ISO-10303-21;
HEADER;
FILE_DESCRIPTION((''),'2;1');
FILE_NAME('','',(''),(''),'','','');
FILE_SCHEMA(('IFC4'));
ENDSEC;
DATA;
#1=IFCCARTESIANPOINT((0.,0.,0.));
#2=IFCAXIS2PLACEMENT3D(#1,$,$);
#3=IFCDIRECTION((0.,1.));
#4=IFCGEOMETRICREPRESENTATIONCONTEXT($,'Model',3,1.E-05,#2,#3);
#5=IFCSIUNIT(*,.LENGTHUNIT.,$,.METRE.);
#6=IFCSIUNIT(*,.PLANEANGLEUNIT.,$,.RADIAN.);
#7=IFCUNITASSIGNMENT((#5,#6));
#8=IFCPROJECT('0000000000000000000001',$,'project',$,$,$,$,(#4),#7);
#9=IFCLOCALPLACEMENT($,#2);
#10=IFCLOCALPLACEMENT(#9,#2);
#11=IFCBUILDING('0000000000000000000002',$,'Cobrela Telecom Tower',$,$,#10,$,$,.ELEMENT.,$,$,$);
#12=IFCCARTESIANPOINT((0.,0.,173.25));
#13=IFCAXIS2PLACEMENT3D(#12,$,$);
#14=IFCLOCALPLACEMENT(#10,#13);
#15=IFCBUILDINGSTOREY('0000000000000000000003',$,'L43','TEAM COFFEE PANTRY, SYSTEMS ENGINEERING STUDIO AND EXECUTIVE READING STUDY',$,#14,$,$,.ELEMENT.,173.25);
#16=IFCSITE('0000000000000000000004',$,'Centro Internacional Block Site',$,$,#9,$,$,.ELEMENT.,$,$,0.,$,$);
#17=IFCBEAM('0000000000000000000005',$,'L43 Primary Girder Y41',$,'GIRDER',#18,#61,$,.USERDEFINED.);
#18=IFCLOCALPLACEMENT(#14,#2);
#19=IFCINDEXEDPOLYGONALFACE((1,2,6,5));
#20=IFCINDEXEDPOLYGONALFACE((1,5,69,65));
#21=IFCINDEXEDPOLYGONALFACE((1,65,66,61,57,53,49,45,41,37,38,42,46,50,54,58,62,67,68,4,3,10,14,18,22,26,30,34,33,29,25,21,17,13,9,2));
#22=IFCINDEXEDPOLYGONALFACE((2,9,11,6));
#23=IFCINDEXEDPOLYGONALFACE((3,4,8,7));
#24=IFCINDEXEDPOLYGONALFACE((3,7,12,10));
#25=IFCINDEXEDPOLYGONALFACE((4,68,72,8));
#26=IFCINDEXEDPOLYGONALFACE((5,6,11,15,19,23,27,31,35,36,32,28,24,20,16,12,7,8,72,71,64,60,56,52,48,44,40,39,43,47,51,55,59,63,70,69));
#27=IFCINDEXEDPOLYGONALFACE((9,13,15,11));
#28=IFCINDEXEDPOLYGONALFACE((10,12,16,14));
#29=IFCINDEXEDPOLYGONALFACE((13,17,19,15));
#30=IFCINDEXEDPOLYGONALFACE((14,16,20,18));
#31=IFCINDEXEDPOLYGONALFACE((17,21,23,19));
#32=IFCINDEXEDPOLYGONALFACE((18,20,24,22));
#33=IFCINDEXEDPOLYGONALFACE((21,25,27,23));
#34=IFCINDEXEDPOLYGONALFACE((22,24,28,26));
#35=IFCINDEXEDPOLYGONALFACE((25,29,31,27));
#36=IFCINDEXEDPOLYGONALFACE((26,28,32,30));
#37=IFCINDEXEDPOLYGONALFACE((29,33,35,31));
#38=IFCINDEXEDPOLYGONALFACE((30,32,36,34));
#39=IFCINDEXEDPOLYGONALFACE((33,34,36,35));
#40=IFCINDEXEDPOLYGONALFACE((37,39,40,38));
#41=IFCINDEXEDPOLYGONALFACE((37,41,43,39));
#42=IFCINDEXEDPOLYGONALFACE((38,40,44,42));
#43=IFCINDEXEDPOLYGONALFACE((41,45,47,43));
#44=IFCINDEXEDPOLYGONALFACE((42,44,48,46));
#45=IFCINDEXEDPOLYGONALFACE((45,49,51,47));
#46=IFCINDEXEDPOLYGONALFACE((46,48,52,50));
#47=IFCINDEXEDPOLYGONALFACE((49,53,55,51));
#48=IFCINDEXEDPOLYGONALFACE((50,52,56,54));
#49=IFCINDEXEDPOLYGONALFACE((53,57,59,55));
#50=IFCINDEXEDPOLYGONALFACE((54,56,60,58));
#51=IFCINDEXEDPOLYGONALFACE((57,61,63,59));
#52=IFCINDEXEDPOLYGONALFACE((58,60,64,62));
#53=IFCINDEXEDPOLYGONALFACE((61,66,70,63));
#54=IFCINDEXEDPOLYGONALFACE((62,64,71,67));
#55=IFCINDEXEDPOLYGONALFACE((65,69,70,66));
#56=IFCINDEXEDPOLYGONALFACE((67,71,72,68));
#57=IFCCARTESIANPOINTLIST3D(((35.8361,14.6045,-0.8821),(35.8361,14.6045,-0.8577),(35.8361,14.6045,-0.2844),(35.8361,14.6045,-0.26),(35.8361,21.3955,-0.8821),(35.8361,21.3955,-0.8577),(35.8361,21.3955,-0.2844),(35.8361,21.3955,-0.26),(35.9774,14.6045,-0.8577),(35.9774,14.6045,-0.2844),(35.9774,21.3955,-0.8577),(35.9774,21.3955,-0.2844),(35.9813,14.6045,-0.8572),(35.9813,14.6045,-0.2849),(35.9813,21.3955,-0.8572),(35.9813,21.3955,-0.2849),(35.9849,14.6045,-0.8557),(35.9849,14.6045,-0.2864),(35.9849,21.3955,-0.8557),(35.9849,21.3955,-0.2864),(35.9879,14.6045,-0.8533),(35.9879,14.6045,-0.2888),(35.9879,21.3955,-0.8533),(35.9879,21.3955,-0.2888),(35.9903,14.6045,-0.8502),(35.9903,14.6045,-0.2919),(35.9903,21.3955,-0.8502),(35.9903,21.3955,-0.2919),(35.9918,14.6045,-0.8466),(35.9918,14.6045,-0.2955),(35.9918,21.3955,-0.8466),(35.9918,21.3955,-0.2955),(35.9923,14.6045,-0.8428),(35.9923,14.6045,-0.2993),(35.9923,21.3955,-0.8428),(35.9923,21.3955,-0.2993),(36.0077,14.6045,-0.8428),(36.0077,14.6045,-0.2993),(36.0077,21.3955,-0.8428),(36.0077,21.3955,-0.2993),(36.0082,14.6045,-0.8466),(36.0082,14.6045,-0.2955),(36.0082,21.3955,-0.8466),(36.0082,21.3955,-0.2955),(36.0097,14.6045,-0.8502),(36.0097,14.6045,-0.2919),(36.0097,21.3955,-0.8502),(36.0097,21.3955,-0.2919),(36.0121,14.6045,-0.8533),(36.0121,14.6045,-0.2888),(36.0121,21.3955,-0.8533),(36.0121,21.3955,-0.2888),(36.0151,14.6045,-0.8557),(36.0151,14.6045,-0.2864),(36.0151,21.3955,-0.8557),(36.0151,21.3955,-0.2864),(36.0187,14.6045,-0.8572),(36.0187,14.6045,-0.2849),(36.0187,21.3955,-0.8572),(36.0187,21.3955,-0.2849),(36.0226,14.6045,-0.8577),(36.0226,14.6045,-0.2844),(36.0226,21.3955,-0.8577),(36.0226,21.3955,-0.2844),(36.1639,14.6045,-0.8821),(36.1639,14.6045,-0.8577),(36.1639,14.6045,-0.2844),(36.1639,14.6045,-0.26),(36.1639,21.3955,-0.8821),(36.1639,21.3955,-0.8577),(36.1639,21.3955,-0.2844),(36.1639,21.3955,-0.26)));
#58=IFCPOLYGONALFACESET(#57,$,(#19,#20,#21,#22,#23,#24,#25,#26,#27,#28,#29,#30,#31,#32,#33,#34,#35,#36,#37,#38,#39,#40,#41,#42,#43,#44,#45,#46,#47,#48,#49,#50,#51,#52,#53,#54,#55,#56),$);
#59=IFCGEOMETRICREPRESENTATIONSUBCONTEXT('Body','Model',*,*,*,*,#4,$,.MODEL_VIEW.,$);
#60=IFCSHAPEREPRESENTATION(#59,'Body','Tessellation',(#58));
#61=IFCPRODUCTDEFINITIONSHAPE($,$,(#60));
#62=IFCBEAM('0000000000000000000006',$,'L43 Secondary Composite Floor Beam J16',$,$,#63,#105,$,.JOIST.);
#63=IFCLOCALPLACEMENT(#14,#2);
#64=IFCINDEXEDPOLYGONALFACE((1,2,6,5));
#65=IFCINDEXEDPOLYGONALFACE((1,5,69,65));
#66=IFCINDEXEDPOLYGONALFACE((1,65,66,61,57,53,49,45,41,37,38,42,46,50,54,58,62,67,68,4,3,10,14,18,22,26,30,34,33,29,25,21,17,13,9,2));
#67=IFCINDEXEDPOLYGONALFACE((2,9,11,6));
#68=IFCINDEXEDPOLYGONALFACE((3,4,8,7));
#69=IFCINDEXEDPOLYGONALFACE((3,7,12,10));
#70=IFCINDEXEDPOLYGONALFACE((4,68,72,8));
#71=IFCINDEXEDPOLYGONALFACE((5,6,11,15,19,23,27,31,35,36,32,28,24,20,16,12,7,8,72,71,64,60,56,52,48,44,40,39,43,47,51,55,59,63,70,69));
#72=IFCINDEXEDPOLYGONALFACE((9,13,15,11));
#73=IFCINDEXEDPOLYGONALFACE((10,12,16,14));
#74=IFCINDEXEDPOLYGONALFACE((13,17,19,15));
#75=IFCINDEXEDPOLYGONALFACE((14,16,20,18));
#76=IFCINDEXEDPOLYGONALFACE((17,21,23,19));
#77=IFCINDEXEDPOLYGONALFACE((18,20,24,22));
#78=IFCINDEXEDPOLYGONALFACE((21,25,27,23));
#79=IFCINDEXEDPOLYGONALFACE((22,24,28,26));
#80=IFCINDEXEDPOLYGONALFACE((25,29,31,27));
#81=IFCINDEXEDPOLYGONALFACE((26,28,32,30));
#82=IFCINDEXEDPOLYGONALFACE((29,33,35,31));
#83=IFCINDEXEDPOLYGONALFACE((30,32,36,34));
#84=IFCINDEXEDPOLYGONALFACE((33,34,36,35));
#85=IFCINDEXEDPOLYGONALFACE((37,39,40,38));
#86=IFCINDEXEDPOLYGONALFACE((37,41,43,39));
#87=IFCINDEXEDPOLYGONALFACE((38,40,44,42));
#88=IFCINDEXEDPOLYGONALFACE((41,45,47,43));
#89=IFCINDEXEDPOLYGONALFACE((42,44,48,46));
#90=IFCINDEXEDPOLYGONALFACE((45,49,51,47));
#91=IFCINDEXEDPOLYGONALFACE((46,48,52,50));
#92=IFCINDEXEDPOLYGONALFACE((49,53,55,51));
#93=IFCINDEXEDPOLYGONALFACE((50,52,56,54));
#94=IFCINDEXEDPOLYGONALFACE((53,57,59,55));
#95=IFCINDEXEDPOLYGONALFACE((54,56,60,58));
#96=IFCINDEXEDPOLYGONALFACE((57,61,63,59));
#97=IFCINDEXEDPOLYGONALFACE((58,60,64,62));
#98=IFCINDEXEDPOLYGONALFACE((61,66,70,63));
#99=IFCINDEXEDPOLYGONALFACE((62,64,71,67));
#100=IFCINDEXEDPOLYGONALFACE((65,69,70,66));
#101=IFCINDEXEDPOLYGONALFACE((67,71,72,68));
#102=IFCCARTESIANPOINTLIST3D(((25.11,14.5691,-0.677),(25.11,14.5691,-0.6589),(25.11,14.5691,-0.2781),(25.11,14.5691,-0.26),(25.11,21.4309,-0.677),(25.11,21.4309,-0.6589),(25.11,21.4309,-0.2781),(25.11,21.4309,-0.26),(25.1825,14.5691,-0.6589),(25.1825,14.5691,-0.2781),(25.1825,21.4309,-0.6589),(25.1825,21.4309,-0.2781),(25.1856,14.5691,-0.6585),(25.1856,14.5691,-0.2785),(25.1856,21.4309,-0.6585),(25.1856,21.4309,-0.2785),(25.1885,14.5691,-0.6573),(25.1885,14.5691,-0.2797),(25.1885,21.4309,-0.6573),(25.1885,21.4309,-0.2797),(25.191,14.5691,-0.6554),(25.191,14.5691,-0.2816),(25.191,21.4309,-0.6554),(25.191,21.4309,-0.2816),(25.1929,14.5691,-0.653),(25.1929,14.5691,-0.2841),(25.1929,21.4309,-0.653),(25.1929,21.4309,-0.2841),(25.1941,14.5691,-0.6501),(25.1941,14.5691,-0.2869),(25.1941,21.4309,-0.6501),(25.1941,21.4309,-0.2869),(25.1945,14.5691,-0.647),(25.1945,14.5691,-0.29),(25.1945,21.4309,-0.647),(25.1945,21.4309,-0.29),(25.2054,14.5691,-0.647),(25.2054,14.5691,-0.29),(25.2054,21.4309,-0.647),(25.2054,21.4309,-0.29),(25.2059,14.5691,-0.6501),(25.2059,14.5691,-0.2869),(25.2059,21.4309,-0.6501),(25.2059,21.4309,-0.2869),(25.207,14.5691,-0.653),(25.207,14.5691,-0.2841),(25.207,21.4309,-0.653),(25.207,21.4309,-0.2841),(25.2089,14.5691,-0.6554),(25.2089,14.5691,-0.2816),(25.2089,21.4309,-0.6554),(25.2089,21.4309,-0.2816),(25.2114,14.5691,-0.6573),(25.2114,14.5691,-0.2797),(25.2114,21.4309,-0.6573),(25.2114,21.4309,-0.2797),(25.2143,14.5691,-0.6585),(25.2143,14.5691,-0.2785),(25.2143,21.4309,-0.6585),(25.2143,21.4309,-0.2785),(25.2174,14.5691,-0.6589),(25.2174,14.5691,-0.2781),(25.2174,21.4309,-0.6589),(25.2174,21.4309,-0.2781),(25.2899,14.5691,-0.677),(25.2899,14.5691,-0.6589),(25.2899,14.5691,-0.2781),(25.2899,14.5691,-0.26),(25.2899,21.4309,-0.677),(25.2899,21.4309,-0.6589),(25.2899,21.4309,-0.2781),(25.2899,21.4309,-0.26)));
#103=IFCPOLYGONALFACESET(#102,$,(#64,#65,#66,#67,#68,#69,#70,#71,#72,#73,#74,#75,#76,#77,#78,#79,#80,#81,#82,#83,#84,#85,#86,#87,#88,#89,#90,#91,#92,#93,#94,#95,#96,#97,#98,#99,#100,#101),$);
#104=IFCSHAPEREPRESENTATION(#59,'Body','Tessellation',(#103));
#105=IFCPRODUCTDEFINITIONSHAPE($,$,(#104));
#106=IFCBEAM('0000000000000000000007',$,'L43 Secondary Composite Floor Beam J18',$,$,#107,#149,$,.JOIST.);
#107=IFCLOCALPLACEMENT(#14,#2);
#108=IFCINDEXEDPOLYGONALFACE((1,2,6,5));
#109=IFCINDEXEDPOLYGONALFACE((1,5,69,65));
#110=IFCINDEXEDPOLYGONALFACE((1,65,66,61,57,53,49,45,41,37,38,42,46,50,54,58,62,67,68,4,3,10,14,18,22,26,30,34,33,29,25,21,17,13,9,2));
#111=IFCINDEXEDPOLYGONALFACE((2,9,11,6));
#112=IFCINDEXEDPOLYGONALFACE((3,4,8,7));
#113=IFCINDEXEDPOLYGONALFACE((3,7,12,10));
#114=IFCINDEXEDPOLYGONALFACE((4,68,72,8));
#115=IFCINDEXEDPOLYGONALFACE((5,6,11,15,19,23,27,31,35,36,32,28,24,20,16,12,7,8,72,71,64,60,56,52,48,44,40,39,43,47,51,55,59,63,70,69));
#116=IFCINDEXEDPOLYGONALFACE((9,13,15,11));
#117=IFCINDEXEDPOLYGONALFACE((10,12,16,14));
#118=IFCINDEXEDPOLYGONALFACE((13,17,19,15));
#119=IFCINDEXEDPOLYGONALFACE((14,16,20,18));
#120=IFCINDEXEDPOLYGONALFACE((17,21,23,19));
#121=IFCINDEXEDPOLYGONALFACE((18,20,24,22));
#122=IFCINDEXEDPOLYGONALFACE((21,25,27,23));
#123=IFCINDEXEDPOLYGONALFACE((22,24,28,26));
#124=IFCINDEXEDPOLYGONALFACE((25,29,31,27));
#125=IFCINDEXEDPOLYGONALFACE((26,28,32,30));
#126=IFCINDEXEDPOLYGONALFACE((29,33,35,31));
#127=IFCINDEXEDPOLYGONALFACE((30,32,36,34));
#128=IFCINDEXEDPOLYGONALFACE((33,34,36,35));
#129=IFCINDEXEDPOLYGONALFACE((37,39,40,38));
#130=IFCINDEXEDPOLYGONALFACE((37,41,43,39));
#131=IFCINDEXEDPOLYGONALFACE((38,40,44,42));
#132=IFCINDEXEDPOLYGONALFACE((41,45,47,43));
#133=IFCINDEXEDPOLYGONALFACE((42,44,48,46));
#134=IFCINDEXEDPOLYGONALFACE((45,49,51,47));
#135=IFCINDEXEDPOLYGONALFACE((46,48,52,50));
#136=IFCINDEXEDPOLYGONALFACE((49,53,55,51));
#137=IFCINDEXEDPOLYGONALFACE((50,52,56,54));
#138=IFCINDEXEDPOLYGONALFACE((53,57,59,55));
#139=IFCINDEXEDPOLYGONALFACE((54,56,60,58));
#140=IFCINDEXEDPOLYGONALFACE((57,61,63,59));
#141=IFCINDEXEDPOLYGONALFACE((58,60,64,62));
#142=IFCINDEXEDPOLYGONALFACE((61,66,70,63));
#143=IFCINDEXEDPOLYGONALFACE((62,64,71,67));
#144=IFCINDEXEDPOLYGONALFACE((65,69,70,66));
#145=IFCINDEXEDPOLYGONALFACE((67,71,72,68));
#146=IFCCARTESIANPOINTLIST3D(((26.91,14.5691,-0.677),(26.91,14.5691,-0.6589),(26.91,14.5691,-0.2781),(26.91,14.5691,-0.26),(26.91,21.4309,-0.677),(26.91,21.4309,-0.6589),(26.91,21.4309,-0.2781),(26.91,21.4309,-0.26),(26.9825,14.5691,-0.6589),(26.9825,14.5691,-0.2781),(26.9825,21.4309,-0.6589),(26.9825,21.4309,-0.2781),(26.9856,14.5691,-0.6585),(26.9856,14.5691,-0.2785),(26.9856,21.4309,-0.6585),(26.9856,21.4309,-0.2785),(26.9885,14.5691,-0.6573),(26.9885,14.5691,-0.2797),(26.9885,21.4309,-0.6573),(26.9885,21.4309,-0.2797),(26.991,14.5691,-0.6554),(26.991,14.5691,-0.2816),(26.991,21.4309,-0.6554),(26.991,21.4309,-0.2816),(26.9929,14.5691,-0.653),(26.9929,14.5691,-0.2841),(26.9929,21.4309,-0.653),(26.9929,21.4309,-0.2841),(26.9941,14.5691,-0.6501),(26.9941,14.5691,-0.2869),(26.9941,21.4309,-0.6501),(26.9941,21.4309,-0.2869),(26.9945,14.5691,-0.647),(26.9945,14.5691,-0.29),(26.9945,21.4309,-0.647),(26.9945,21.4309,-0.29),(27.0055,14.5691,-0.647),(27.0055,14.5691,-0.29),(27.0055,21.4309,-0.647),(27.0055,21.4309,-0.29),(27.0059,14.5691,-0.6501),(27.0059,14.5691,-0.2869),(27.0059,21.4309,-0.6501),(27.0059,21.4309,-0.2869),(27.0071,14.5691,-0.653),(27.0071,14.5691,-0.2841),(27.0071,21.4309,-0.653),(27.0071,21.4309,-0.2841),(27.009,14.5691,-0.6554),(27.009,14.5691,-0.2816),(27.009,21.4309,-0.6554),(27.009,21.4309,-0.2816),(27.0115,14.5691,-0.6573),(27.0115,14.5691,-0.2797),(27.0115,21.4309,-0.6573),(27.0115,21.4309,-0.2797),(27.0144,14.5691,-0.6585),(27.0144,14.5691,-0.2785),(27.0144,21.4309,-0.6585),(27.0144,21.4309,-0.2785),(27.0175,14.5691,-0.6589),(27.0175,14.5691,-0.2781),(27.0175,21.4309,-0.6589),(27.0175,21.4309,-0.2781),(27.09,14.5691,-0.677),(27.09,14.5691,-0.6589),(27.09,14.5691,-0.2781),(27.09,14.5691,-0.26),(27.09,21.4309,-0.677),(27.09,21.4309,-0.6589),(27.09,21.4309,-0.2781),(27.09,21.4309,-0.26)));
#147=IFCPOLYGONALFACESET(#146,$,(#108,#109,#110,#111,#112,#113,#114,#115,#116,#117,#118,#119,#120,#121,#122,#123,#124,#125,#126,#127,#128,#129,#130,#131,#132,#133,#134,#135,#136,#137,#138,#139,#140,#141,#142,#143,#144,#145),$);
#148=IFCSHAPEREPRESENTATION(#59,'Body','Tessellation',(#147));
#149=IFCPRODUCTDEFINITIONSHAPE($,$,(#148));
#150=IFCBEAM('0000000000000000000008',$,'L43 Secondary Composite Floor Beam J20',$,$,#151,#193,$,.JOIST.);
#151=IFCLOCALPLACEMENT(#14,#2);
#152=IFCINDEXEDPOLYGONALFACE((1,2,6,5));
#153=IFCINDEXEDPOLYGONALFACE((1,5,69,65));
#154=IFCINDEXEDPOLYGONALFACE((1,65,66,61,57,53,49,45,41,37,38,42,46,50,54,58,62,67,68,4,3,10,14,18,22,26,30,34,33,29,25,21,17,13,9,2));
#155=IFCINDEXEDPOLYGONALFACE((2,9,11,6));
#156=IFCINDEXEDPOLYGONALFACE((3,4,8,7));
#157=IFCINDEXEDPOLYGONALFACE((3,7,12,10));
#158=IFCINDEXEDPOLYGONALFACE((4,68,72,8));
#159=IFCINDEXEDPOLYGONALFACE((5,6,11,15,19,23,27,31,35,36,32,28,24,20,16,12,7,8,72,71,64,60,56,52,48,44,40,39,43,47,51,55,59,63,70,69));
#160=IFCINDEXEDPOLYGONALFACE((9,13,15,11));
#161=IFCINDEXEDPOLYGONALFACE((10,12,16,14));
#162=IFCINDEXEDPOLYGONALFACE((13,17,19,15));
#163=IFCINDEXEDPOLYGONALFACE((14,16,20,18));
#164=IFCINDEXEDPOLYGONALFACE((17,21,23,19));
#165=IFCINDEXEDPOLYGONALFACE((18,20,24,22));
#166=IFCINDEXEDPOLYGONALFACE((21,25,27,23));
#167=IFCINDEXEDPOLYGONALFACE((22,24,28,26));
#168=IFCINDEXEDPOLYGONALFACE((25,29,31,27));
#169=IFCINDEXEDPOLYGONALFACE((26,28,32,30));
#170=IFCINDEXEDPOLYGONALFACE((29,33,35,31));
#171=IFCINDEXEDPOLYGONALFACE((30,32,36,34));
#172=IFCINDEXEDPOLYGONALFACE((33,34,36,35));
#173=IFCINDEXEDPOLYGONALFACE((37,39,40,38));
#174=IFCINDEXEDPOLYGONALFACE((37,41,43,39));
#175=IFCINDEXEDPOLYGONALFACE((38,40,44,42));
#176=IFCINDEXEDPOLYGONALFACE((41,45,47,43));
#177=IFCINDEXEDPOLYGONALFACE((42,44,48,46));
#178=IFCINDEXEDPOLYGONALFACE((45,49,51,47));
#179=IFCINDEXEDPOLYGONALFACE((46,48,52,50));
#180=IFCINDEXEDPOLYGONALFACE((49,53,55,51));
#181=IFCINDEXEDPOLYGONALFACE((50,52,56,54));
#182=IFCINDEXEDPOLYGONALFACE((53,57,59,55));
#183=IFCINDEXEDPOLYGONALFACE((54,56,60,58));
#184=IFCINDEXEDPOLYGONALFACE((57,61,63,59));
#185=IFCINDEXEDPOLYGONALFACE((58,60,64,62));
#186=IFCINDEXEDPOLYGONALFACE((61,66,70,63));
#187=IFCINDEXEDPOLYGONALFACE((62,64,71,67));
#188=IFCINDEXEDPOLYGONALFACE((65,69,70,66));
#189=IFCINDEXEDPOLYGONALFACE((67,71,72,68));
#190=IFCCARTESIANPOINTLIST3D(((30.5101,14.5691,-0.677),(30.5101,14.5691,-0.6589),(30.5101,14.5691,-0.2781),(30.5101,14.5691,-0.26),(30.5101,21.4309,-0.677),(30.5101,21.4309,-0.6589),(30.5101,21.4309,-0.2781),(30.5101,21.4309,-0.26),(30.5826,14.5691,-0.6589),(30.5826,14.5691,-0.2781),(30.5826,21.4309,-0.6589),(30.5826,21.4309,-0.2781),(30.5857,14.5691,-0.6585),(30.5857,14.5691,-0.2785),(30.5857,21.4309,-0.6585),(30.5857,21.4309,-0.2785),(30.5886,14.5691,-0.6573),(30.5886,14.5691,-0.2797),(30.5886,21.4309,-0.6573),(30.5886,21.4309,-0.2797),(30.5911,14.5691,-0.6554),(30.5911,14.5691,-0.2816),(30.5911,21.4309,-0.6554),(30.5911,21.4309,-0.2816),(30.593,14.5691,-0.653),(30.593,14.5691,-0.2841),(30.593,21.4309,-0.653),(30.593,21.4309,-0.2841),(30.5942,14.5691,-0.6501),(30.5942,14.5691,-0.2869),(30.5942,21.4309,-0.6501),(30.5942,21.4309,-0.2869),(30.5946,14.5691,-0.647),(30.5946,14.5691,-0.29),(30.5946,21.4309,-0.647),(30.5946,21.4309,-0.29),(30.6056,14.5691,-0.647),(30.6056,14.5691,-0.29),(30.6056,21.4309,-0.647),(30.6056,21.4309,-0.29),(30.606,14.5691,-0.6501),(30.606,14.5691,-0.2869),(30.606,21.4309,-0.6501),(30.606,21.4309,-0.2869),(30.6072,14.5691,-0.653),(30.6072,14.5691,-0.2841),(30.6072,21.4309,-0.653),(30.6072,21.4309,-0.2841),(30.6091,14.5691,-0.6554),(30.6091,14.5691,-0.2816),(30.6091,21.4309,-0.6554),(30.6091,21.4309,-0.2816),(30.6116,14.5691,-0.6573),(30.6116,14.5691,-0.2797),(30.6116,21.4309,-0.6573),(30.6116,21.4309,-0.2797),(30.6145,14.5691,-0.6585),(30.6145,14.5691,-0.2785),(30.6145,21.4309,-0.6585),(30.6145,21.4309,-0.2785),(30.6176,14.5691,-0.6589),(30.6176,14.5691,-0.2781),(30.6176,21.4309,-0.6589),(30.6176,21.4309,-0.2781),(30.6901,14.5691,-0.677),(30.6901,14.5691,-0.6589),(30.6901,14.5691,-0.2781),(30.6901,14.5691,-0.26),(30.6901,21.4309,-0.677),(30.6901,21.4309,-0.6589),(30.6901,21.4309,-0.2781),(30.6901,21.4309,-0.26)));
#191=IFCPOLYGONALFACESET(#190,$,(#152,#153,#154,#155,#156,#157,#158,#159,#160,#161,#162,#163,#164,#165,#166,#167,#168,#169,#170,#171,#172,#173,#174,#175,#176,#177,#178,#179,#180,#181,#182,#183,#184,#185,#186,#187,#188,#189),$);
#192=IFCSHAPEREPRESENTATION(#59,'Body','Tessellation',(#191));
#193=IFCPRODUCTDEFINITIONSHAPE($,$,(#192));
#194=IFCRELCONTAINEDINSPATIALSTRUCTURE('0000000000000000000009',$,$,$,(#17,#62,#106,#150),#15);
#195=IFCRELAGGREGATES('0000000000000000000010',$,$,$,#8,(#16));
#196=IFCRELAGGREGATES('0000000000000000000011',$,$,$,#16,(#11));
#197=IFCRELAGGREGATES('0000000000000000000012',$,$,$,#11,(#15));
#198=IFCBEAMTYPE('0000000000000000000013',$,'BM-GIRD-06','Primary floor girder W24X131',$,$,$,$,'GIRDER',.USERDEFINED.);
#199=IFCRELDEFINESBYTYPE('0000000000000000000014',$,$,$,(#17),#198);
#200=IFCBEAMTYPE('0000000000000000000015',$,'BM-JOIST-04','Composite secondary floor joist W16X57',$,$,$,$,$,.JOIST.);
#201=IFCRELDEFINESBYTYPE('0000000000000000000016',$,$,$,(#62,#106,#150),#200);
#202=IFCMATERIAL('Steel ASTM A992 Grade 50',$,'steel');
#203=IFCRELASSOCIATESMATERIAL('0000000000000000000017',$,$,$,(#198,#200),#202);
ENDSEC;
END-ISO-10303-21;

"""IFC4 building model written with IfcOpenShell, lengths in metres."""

from ifc_helpers import new_model, si_unit, direction, frame, origin, origin_2d, place, context, subcontext, project, spatial, i_section, extrude, material, material_profile, profile_set, type_object, element, save


model = new_model("IFC4")

# Units and contexts
model_context = context("Model", 3, precision=1e-05, world=origin(), true_north=direction((0.0, 1.0)))
body_context = subcontext(model_context, "Body", "Model", "MODEL_VIEW")
ifc_project = project(units=[si_unit("LENGTHUNIT", "METRE"), si_unit("PLANEANGLEUNIT", "RADIAN")], contexts=[model_context])

# Site, building, storey
site_placement = place(None, origin())
site = spatial("IfcSite", under=ifc_project, at=site_placement, Name="Centro Internacional Block Site", CompositionType="ELEMENT", RefElevation=0.0)
building_placement = place(site_placement, origin())
building = spatial("IfcBuilding", under=site, at=building_placement, Name="Cobrela Telecom Tower", CompositionType="ELEMENT")
storey_placement = place(building_placement, frame((0.0, 0.0, 173.25)))
storey = spatial("IfcBuildingStorey", under=building, at=storey_placement, Name="L43", Description="TEAM COFFEE PANTRY, SYSTEMS ENGINEERING STUDIO AND EXECUTIVE READING STUDY", CompositionType="ELEMENT", Elevation=173.25)

# Shared definitions
ifc_material_1 = material(Name="Steel ASTM A992 Grade 50", Category="steel")

# Beams
ifc_material_profile_1 = material_profile(ifc_material_1, i_section(OverallWidth=0.3279, OverallDepth=0.6221, WebThickness=0.0154, FlangeThickness=0.0244, FilletRadius=0.0149, at=origin_2d()), Name="W24X131")
ifc_profile_set_1 = profile_set([ifc_material_profile_1], Name="Steel ASTM A992 Grade 50")
beam_type_1 = type_object("IfcBeamType", Name="BM-GIRD-06", Description="Primary floor girder W24X131", ElementType="GIRDER", PredefinedType="USERDEFINED", material=ifc_profile_set_1)
for number, where, z_axis, x_axis, name in (
    (1, (36.0, 14.6045, -0.571), (0.0, 1.0, 0.0), (-1.0, 0.0, 0.0), "L43 Primary Girder Y41"),
):
    element("IfcBeam", number, at=place(storey_placement, frame(where, z_axis=z_axis, x_axis=x_axis)), inside=storey, type_object=beam_type_1, Name=name, ObjectType="GIRDER", PredefinedType="USERDEFINED", context=body_context, shape_type="SweptSolid", body=[
        extrude(i_section(OverallWidth=0.3279, OverallDepth=0.6221, WebThickness=0.0154, FlangeThickness=0.0244, FilletRadius=0.0149, at=origin_2d()), origin(), (0.0, 0.0, 1.0), 6.791),
    ])
ifc_material_profile_2 = material_profile(ifc_material_1, i_section(OverallWidth=0.1799, OverallDepth=0.417, WebThickness=0.011, FlangeThickness=0.0181, FilletRadius=0.012, at=origin_2d()), Name="W16X57")
ifc_profile_set_2 = profile_set([ifc_material_profile_2], Name="Steel ASTM A992 Grade 50")
beam_type_2 = type_object("IfcBeamType", Name="BM-JOIST-04", Description="Composite secondary floor joist W16X57", PredefinedType="JOIST", material=ifc_profile_set_2)
for number, where, z_axis, x_axis, name in (
    (2, (25.2, 14.5691, -0.4685), (0.0, 1.0, 0.0), (-1.0, 0.0, 0.0), "L43 Secondary Composite Floor Beam J16"),
    (3, (27.0, 14.5691, -0.4685), (0.0, 1.0, 0.0), (-1.0, 0.0, 0.0), "L43 Secondary Composite Floor Beam J18"),
    (4, (30.6001, 14.5691, -0.4685), (0.0, 1.0, 0.0), (-1.0, 0.0, 0.0), "L43 Secondary Composite Floor Beam J20"),
):
    element("IfcBeam", number, at=place(storey_placement, frame(where, z_axis=z_axis, x_axis=x_axis)), inside=storey, type_object=beam_type_2, Name=name, PredefinedType="JOIST", context=body_context, shape_type="SweptSolid", body=[
        extrude(i_section(OverallWidth=0.1799, OverallDepth=0.417, WebThickness=0.011, FlangeThickness=0.0181, FilletRadius=0.012, at=origin_2d()), origin(), (0.0, 0.0, 1.0), 6.8618),
    ])

save(model, "model.ifc")
